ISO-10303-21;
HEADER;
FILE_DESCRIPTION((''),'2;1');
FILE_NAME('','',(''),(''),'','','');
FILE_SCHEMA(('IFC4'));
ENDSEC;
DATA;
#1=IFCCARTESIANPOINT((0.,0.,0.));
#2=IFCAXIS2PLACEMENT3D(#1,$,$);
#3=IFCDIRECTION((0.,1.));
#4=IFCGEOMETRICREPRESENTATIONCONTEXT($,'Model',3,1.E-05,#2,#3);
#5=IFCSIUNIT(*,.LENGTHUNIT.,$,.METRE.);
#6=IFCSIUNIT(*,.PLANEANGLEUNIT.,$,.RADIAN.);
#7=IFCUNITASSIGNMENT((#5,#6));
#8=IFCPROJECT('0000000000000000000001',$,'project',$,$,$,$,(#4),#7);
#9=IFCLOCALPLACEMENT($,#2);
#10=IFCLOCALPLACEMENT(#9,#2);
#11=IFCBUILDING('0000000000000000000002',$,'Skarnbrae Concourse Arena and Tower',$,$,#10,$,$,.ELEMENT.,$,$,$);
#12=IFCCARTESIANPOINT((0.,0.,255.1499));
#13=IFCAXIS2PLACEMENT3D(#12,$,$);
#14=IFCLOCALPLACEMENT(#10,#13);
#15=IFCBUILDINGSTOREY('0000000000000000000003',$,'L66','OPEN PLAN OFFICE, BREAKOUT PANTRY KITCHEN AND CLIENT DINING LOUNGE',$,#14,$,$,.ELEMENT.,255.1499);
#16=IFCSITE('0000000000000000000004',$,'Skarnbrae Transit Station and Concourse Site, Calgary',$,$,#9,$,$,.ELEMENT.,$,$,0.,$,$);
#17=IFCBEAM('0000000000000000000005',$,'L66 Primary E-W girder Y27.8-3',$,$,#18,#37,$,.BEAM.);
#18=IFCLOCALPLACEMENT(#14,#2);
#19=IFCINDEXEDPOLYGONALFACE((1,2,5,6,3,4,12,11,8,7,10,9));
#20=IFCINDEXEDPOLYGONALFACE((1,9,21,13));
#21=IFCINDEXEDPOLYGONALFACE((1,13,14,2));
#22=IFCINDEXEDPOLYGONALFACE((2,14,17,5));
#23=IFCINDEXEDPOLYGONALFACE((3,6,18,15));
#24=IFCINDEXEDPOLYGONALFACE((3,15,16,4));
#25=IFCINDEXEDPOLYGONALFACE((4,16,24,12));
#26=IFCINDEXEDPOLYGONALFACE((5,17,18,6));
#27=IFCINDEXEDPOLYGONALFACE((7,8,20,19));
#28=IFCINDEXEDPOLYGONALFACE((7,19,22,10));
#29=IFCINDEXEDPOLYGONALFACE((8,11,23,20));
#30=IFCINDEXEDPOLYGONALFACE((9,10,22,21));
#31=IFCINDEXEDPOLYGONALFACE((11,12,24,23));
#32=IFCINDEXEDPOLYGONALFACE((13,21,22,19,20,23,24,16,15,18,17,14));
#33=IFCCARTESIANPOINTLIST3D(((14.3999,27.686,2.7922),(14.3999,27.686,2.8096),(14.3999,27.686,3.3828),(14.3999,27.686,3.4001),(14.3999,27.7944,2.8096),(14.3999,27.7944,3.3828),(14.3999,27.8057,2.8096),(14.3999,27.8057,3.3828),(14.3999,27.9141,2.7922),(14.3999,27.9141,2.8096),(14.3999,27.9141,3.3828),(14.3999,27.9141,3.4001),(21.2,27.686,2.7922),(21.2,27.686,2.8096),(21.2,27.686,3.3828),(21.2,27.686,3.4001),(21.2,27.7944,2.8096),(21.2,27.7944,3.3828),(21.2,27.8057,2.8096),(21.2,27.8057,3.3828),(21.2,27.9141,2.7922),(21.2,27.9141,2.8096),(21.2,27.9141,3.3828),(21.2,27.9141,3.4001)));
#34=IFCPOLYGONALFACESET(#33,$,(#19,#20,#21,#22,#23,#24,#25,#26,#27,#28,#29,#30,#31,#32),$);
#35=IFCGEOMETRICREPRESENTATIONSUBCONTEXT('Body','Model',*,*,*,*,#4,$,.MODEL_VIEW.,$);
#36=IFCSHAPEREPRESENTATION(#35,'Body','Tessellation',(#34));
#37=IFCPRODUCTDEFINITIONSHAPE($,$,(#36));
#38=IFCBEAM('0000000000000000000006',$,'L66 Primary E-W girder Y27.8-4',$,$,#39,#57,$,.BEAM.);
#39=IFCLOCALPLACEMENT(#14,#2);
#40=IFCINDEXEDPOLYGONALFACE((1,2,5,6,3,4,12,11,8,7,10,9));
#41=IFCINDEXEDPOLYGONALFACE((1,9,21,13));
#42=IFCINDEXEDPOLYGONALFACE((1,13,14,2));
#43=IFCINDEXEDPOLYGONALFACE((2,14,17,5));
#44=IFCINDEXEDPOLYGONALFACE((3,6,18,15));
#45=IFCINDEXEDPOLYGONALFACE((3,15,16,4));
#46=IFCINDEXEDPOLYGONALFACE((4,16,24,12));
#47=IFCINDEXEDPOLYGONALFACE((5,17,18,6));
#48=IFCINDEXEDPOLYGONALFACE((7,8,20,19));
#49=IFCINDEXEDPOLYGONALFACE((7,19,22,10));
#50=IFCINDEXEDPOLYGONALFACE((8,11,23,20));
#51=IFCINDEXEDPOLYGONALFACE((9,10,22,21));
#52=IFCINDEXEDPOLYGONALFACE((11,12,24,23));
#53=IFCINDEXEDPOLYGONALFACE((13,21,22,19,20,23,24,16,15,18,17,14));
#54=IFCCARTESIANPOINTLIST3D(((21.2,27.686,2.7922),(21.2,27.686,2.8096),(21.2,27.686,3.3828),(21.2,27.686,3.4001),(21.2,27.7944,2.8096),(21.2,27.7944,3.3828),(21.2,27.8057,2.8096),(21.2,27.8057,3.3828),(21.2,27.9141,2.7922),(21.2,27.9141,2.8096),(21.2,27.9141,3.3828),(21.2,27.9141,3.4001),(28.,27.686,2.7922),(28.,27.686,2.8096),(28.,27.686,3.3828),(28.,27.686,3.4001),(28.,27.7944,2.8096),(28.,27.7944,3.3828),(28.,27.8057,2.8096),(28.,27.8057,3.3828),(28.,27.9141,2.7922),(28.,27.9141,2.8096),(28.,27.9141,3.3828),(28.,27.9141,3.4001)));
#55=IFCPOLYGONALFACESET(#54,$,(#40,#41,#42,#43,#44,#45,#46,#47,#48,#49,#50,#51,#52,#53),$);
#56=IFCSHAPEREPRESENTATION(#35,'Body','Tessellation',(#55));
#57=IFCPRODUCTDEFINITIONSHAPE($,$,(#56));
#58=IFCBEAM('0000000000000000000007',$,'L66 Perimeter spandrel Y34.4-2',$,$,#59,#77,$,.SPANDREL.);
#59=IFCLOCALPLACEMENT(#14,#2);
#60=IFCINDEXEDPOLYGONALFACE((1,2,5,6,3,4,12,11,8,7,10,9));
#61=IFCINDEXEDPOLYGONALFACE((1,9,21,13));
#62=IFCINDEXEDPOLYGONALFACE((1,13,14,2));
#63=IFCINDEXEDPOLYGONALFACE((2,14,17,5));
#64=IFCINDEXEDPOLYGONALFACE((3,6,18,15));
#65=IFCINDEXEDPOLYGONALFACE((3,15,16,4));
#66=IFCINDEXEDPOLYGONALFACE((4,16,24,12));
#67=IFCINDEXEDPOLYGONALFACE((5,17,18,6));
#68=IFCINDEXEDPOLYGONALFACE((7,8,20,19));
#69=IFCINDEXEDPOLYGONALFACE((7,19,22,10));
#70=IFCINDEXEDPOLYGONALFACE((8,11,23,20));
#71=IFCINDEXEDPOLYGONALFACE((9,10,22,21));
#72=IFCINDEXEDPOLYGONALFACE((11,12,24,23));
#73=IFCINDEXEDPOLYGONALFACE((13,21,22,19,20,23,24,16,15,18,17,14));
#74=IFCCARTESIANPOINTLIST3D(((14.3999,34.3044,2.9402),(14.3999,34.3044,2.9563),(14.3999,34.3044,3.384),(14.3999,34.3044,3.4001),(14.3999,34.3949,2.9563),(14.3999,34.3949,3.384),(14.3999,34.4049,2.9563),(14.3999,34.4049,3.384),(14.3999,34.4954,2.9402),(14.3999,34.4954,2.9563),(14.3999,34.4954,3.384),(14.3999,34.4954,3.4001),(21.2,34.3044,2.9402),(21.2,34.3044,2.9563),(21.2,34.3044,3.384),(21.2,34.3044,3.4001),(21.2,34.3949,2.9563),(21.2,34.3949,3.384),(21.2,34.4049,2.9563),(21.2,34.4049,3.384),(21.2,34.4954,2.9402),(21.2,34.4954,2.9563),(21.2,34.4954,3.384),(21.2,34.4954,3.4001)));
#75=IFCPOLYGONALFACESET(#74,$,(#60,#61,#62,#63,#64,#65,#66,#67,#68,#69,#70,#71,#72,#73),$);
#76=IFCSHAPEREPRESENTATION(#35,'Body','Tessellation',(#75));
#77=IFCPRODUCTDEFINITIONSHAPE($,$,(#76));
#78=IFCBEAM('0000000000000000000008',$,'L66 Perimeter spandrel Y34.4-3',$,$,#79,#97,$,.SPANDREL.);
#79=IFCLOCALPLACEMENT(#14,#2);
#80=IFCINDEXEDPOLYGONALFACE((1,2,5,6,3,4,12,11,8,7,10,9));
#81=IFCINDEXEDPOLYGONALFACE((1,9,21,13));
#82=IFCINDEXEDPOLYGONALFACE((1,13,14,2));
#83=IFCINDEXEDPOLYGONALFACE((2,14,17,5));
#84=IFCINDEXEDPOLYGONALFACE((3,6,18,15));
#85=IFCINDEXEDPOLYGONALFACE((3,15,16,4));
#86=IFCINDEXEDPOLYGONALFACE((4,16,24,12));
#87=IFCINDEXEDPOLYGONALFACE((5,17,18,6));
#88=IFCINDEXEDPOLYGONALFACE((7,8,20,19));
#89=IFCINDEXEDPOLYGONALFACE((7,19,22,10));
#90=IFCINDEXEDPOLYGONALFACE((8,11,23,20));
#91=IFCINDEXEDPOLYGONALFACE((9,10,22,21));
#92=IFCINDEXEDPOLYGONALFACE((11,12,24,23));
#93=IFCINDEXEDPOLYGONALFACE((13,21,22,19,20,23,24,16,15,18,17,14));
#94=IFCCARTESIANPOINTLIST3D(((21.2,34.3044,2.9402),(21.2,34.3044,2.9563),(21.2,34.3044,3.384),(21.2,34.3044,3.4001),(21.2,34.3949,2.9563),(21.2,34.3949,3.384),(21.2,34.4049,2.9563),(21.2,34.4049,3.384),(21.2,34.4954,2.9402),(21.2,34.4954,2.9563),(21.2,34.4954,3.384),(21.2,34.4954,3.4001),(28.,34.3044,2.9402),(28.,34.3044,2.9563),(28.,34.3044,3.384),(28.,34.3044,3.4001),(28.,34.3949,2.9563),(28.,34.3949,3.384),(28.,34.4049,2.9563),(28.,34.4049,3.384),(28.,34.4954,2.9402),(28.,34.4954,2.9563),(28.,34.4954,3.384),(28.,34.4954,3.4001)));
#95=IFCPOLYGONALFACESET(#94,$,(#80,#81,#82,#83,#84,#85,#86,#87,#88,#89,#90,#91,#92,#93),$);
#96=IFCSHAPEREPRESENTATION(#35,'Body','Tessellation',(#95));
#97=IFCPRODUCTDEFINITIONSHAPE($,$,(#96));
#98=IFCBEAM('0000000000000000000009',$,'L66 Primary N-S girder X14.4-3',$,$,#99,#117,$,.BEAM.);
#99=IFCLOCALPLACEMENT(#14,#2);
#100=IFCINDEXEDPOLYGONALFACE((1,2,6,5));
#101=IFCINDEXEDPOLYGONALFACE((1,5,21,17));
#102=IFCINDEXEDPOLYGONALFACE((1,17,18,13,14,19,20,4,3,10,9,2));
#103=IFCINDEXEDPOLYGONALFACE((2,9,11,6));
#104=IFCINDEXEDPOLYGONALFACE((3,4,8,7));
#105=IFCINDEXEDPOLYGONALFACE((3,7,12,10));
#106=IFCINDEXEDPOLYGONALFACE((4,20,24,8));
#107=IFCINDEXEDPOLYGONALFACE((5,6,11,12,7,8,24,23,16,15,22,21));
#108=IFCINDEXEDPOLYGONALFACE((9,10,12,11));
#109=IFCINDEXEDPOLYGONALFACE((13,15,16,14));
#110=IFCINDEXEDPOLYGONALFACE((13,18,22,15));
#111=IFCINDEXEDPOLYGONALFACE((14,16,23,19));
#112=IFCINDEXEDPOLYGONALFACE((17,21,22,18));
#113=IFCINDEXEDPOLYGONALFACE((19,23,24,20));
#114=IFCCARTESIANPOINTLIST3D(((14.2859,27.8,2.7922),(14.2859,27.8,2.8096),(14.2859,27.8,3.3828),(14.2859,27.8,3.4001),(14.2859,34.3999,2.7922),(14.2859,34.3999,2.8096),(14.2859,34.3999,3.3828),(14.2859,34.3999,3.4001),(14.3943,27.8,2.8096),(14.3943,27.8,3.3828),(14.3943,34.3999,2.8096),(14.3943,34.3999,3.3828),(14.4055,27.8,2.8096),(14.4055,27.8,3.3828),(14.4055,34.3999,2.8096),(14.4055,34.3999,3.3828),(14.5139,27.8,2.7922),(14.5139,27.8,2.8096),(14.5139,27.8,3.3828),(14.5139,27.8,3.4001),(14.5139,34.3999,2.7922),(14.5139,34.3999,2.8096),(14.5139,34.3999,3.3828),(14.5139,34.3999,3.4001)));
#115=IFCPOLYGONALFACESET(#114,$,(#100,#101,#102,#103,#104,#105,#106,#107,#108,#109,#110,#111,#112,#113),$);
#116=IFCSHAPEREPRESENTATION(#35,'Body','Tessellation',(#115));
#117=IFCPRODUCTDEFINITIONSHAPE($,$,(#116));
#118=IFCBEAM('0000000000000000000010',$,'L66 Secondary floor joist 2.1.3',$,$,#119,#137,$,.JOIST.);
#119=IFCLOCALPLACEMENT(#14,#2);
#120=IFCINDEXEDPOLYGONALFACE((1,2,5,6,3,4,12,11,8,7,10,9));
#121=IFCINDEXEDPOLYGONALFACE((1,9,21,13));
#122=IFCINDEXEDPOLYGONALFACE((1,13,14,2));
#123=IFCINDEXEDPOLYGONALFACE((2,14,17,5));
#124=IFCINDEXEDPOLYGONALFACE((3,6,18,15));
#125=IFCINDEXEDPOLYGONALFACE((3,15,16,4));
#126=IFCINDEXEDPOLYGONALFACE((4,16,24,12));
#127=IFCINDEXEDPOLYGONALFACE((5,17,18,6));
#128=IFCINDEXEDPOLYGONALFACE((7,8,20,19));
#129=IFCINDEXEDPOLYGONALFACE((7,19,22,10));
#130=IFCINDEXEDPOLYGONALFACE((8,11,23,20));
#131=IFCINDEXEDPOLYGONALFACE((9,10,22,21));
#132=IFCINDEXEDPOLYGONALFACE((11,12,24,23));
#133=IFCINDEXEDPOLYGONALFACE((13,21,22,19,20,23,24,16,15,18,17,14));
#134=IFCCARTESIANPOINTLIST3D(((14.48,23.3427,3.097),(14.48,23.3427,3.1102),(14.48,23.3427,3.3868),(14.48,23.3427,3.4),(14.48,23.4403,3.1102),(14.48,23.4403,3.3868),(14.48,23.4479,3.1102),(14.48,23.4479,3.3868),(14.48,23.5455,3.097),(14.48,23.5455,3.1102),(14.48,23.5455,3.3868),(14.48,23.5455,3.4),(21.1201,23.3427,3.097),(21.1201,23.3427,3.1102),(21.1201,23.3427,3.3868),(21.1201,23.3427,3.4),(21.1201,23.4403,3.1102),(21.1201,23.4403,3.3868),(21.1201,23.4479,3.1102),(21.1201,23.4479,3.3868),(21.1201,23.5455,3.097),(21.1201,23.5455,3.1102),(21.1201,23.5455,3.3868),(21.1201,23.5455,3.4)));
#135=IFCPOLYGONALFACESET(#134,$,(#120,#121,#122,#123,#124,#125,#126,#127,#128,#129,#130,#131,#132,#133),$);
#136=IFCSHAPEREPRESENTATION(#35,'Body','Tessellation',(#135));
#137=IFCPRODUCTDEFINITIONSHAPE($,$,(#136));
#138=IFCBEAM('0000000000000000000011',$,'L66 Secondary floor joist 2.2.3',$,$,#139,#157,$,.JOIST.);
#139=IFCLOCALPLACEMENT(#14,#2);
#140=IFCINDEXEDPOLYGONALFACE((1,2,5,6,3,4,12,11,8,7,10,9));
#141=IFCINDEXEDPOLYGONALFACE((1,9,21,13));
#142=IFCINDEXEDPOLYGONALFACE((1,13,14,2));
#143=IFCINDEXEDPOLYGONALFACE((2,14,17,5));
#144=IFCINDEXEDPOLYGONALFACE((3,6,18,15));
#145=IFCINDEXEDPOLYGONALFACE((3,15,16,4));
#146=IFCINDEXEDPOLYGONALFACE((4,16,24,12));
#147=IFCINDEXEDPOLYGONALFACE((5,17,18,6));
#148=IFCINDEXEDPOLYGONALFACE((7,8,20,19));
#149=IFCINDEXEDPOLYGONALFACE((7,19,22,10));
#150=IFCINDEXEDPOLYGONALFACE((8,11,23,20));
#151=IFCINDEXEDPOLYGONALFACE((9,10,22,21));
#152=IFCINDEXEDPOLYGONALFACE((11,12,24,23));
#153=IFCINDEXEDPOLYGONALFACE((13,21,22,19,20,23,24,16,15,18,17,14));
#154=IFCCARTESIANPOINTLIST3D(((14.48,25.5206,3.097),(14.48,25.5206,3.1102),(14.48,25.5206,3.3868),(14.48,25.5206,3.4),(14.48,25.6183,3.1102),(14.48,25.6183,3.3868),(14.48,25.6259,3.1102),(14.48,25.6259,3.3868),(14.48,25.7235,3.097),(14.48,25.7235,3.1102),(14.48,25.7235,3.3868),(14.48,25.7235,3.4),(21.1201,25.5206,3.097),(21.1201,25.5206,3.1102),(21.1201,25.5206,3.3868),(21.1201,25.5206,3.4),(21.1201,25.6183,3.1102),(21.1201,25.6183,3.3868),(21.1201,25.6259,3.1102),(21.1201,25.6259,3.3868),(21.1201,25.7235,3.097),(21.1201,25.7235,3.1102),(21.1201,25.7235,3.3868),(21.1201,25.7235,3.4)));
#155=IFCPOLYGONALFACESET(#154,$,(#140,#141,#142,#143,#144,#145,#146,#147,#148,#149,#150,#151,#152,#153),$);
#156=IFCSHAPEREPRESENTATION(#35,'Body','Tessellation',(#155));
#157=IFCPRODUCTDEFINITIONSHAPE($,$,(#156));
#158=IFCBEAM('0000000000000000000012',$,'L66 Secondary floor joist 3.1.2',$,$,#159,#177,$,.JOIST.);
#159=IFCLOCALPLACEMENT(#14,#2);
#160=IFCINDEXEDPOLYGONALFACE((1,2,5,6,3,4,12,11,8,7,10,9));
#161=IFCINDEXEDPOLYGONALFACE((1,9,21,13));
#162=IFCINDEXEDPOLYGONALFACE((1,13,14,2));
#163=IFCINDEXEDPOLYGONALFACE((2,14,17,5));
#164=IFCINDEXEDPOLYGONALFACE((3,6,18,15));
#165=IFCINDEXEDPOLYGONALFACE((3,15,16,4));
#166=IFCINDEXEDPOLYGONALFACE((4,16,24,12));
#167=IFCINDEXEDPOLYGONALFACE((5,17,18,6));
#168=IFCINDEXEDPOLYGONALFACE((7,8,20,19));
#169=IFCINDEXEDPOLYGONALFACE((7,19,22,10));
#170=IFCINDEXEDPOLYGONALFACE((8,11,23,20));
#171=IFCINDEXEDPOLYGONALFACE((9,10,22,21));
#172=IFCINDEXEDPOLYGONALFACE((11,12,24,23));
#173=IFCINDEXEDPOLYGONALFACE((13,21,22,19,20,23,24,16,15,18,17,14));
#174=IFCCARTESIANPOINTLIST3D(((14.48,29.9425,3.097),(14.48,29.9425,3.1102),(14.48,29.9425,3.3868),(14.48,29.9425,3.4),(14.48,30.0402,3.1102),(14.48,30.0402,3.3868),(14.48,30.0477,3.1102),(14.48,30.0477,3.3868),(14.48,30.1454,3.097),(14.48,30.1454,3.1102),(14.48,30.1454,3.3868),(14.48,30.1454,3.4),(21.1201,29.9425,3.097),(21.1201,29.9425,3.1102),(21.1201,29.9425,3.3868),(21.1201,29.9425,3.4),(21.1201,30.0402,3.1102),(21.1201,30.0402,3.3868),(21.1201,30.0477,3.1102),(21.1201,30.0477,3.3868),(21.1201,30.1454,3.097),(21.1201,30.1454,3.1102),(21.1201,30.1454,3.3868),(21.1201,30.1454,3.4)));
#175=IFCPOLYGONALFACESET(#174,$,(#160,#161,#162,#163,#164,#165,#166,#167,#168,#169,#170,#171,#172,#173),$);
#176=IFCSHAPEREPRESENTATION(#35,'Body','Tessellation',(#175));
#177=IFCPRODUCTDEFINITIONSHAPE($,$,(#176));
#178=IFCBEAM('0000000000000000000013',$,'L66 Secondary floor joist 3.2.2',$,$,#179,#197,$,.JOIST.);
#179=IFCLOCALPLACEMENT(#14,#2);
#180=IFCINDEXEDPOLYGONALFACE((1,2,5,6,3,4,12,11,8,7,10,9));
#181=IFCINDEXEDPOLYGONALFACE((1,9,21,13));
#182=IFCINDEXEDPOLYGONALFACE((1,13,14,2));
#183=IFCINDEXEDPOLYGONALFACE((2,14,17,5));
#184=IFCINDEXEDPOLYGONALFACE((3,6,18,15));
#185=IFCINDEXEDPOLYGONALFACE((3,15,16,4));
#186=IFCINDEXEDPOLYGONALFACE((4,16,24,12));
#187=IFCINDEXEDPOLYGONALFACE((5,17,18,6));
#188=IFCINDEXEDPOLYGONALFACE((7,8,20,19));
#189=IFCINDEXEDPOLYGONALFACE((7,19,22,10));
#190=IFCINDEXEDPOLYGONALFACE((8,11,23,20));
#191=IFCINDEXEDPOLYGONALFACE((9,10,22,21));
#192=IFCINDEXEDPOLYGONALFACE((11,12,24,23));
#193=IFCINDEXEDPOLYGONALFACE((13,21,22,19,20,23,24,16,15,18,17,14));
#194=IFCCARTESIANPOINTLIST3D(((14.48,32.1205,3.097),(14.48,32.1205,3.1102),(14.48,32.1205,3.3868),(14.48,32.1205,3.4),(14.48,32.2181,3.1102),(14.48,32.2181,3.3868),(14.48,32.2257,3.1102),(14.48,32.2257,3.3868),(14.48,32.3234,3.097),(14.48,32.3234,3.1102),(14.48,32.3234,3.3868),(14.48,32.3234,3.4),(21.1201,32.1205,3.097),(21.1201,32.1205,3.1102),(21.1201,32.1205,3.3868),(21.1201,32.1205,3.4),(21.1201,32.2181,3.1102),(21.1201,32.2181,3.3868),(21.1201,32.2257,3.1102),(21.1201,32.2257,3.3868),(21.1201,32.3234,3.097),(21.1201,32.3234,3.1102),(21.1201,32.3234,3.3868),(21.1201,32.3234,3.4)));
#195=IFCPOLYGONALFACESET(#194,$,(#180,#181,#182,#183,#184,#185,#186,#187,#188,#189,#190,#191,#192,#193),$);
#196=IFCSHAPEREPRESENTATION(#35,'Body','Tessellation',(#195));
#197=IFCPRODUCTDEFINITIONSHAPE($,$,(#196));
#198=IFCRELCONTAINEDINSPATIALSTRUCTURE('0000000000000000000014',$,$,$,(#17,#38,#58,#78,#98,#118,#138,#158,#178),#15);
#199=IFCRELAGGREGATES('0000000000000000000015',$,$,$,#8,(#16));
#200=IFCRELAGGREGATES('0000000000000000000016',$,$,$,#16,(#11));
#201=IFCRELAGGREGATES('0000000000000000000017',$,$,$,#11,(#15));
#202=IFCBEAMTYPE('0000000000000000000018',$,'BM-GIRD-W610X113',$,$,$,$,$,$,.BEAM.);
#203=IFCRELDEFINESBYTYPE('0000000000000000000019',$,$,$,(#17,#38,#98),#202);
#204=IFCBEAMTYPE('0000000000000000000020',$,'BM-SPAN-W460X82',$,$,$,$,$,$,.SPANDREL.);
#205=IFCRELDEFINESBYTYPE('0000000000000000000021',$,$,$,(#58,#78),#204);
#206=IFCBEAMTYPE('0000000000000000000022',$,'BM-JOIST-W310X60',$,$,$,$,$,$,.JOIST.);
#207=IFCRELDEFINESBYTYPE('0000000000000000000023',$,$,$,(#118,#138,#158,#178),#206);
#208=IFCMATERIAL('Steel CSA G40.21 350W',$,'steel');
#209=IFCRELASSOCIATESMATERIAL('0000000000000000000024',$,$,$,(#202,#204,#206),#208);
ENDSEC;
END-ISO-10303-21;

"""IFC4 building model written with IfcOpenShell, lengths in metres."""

from ifc_helpers import new_model, si_unit, direction, frame, origin, origin_2d, place, context, subcontext, project, spatial, i_section, extrude, source, transform, mapped, material, material_profile, profile_set, type_object, element, save


model = new_model("IFC4")

# Units and contexts
model_context = context("Model", 3, precision=1e-05, world=origin(), true_north=direction((0.0, 1.0)))
body_context = subcontext(model_context, "Body", "Model", "MODEL_VIEW")
ifc_project = project(units=[si_unit("LENGTHUNIT", "METRE"), si_unit("PLANEANGLEUNIT", "RADIAN")], contexts=[model_context])

# Site, building, storey
site_placement = place(None, origin())
site = spatial("IfcSite", under=ifc_project, at=site_placement, Name="Skarnbrae Transit Station and Concourse Site, Calgary", CompositionType="ELEMENT", RefElevation=0.0)
building_placement = place(site_placement, origin())
building = spatial("IfcBuilding", under=site, at=building_placement, Name="Skarnbrae Concourse Arena and Tower", CompositionType="ELEMENT")
storey_placement = place(building_placement, frame((0.0, 0.0, 255.1499)))
storey = spatial("IfcBuildingStorey", under=building, at=storey_placement, Name="L66", Description="OPEN PLAN OFFICE, BREAKOUT PANTRY KITCHEN AND CLIENT DINING LOUNGE", CompositionType="ELEMENT", Elevation=255.1499)

# Shared definitions
ifc_material_1 = material(Name="Steel CSA G40.21 350W", Category="steel")

# Beams
ifc_material_profile_1 = material_profile(ifc_material_1, i_section(OverallWidth=0.228, OverallDepth=0.6079, WebThickness=0.0112, FlangeThickness=0.0173, at=origin_2d()), Name="W610X113")
ifc_profile_set_1 = profile_set([ifc_material_profile_1], Name="Steel CSA G40.21 350W")
beam_type_1 = type_object("IfcBeamType", Name="BM-GIRD-W610X113", PredefinedType="BEAM", material=ifc_profile_set_1)
shared_shape_1 = source(origin(), body_context, "Body", "SweptSolid", [
    extrude(i_section(OverallWidth=0.228, OverallDepth=0.6079, WebThickness=0.0112, FlangeThickness=0.0173, at=origin_2d()), origin(), (0.0, 0.0, 1.0), 6.8),
])
for number, where, z_axis, x_axis, name in (
    (1, (14.3999, 27.8, 3.0962), (1.0, 0.0, 0.0), (0.0, 1.0, 0.0), "L66 Primary E-W girder Y27.8-3"),
    (2, (21.2, 27.8, 3.0962), (1.0, 0.0, 0.0), (0.0, 1.0, 0.0), "L66 Primary E-W girder Y27.8-4"),
):
    element("IfcBeam", number, at=place(storey_placement, frame(where, z_axis=z_axis, x_axis=x_axis)), inside=storey, type_object=beam_type_1, Name=name, PredefinedType="BEAM", context=body_context, shape_type="MappedRepresentation", body=[
        mapped(shared_shape_1, transform((0.0, 0.0, 0.0))),
    ])
ifc_material_profile_2 = material_profile(ifc_material_1, i_section(OverallWidth=0.1909, OverallDepth=0.46, WebThickness=0.01, FlangeThickness=0.0161, at=origin_2d()), Name="W460X82")
ifc_profile_set_2 = profile_set([ifc_material_profile_2], Name="Steel CSA G40.21 350W")
beam_type_2 = type_object("IfcBeamType", Name="BM-SPAN-W460X82", PredefinedType="SPANDREL", material=ifc_profile_set_2)
shared_shape_2 = source(origin(), body_context, "Body", "SweptSolid", [
    extrude(i_section(OverallWidth=0.1909, OverallDepth=0.46, WebThickness=0.01, FlangeThickness=0.0161, at=origin_2d()), origin(), (0.0, 0.0, 1.0), 6.8),
])
for number, where, z_axis, x_axis, name in (
    (3, (14.3999, 34.3999, 3.1702), (1.0, 0.0, 0.0), (0.0, 1.0, 0.0), "L66 Perimeter spandrel Y34.4-2"),
    (4, (21.2, 34.3999, 3.1702), (1.0, 0.0, 0.0), (0.0, 1.0, 0.0), "L66 Perimeter spandrel Y34.4-3"),
):
    element("IfcBeam", number, at=place(storey_placement, frame(where, z_axis=z_axis, x_axis=x_axis)), inside=storey, type_object=beam_type_2, Name=name, PredefinedType="SPANDREL", context=body_context, shape_type="MappedRepresentation", body=[
        mapped(shared_shape_2, transform((0.0, 0.0, 0.0))),
    ])
shared_shape_3 = source(origin(), body_context, "Body", "SweptSolid", [
    extrude(i_section(OverallWidth=0.228, OverallDepth=0.6079, WebThickness=0.0112, FlangeThickness=0.0173, at=origin_2d()), origin(), (0.0, 0.0, 1.0), 6.5999),
])
beam_1_placement = place(storey_placement, frame((14.3999, 27.8, 3.0962), z_axis=(0.0, 1.0, 0.0), x_axis=(-1.0, 0.0, 0.0)))
element("IfcBeam", 5, at=beam_1_placement, inside=storey, type_object=beam_type_1, Name="L66 Primary N-S girder X14.4-3", PredefinedType="BEAM", context=body_context, shape_type="MappedRepresentation", body=[
    mapped(shared_shape_3, transform((0.0, 0.0, 0.0))),
])
ifc_material_profile_3 = material_profile(ifc_material_1, i_section(OverallWidth=0.2029, OverallDepth=0.303, WebThickness=0.0076, FlangeThickness=0.0132, at=origin_2d()), Name="W310X60")
ifc_profile_set_3 = profile_set([ifc_material_profile_3], Name="Steel CSA G40.21 350W")
beam_type_3 = type_object("IfcBeamType", Name="BM-JOIST-W310X60", PredefinedType="JOIST", material=ifc_profile_set_3)
shared_shape_4 = source(origin(), body_context, "Body", "SweptSolid", [
    extrude(i_section(OverallWidth=0.2029, OverallDepth=0.303, WebThickness=0.0076, FlangeThickness=0.0132, at=origin_2d()), origin(), (0.0, 0.0, 1.0), 6.6401),
])
for number, where, z_axis, x_axis, name in (
    (6, (14.48, 23.4441, 3.2485), (1.0, 0.0, 0.0), (0.0, 1.0, 0.0), "L66 Secondary floor joist 2.1.3"),
    (7, (14.48, 25.6221, 3.2485), (1.0, 0.0, 0.0), (0.0, 1.0, 0.0), "L66 Secondary floor joist 2.2.3"),
    (8, (14.48, 30.0439, 3.2485), (1.0, 0.0, 0.0), (0.0, 1.0, 0.0), "L66 Secondary floor joist 3.1.2"),
    (9, (14.48, 32.2219, 3.2485), (1.0, 0.0, 0.0), (0.0, 1.0, 0.0), "L66 Secondary floor joist 3.2.2"),
):
    element("IfcBeam", number, at=place(storey_placement, frame(where, z_axis=z_axis, x_axis=x_axis)), inside=storey, type_object=beam_type_3, Name=name, PredefinedType="JOIST", context=body_context, shape_type="MappedRepresentation", body=[
        mapped(shared_shape_4, transform((0.0, 0.0, 0.0))),
    ])

save(model, "model.ifc")
